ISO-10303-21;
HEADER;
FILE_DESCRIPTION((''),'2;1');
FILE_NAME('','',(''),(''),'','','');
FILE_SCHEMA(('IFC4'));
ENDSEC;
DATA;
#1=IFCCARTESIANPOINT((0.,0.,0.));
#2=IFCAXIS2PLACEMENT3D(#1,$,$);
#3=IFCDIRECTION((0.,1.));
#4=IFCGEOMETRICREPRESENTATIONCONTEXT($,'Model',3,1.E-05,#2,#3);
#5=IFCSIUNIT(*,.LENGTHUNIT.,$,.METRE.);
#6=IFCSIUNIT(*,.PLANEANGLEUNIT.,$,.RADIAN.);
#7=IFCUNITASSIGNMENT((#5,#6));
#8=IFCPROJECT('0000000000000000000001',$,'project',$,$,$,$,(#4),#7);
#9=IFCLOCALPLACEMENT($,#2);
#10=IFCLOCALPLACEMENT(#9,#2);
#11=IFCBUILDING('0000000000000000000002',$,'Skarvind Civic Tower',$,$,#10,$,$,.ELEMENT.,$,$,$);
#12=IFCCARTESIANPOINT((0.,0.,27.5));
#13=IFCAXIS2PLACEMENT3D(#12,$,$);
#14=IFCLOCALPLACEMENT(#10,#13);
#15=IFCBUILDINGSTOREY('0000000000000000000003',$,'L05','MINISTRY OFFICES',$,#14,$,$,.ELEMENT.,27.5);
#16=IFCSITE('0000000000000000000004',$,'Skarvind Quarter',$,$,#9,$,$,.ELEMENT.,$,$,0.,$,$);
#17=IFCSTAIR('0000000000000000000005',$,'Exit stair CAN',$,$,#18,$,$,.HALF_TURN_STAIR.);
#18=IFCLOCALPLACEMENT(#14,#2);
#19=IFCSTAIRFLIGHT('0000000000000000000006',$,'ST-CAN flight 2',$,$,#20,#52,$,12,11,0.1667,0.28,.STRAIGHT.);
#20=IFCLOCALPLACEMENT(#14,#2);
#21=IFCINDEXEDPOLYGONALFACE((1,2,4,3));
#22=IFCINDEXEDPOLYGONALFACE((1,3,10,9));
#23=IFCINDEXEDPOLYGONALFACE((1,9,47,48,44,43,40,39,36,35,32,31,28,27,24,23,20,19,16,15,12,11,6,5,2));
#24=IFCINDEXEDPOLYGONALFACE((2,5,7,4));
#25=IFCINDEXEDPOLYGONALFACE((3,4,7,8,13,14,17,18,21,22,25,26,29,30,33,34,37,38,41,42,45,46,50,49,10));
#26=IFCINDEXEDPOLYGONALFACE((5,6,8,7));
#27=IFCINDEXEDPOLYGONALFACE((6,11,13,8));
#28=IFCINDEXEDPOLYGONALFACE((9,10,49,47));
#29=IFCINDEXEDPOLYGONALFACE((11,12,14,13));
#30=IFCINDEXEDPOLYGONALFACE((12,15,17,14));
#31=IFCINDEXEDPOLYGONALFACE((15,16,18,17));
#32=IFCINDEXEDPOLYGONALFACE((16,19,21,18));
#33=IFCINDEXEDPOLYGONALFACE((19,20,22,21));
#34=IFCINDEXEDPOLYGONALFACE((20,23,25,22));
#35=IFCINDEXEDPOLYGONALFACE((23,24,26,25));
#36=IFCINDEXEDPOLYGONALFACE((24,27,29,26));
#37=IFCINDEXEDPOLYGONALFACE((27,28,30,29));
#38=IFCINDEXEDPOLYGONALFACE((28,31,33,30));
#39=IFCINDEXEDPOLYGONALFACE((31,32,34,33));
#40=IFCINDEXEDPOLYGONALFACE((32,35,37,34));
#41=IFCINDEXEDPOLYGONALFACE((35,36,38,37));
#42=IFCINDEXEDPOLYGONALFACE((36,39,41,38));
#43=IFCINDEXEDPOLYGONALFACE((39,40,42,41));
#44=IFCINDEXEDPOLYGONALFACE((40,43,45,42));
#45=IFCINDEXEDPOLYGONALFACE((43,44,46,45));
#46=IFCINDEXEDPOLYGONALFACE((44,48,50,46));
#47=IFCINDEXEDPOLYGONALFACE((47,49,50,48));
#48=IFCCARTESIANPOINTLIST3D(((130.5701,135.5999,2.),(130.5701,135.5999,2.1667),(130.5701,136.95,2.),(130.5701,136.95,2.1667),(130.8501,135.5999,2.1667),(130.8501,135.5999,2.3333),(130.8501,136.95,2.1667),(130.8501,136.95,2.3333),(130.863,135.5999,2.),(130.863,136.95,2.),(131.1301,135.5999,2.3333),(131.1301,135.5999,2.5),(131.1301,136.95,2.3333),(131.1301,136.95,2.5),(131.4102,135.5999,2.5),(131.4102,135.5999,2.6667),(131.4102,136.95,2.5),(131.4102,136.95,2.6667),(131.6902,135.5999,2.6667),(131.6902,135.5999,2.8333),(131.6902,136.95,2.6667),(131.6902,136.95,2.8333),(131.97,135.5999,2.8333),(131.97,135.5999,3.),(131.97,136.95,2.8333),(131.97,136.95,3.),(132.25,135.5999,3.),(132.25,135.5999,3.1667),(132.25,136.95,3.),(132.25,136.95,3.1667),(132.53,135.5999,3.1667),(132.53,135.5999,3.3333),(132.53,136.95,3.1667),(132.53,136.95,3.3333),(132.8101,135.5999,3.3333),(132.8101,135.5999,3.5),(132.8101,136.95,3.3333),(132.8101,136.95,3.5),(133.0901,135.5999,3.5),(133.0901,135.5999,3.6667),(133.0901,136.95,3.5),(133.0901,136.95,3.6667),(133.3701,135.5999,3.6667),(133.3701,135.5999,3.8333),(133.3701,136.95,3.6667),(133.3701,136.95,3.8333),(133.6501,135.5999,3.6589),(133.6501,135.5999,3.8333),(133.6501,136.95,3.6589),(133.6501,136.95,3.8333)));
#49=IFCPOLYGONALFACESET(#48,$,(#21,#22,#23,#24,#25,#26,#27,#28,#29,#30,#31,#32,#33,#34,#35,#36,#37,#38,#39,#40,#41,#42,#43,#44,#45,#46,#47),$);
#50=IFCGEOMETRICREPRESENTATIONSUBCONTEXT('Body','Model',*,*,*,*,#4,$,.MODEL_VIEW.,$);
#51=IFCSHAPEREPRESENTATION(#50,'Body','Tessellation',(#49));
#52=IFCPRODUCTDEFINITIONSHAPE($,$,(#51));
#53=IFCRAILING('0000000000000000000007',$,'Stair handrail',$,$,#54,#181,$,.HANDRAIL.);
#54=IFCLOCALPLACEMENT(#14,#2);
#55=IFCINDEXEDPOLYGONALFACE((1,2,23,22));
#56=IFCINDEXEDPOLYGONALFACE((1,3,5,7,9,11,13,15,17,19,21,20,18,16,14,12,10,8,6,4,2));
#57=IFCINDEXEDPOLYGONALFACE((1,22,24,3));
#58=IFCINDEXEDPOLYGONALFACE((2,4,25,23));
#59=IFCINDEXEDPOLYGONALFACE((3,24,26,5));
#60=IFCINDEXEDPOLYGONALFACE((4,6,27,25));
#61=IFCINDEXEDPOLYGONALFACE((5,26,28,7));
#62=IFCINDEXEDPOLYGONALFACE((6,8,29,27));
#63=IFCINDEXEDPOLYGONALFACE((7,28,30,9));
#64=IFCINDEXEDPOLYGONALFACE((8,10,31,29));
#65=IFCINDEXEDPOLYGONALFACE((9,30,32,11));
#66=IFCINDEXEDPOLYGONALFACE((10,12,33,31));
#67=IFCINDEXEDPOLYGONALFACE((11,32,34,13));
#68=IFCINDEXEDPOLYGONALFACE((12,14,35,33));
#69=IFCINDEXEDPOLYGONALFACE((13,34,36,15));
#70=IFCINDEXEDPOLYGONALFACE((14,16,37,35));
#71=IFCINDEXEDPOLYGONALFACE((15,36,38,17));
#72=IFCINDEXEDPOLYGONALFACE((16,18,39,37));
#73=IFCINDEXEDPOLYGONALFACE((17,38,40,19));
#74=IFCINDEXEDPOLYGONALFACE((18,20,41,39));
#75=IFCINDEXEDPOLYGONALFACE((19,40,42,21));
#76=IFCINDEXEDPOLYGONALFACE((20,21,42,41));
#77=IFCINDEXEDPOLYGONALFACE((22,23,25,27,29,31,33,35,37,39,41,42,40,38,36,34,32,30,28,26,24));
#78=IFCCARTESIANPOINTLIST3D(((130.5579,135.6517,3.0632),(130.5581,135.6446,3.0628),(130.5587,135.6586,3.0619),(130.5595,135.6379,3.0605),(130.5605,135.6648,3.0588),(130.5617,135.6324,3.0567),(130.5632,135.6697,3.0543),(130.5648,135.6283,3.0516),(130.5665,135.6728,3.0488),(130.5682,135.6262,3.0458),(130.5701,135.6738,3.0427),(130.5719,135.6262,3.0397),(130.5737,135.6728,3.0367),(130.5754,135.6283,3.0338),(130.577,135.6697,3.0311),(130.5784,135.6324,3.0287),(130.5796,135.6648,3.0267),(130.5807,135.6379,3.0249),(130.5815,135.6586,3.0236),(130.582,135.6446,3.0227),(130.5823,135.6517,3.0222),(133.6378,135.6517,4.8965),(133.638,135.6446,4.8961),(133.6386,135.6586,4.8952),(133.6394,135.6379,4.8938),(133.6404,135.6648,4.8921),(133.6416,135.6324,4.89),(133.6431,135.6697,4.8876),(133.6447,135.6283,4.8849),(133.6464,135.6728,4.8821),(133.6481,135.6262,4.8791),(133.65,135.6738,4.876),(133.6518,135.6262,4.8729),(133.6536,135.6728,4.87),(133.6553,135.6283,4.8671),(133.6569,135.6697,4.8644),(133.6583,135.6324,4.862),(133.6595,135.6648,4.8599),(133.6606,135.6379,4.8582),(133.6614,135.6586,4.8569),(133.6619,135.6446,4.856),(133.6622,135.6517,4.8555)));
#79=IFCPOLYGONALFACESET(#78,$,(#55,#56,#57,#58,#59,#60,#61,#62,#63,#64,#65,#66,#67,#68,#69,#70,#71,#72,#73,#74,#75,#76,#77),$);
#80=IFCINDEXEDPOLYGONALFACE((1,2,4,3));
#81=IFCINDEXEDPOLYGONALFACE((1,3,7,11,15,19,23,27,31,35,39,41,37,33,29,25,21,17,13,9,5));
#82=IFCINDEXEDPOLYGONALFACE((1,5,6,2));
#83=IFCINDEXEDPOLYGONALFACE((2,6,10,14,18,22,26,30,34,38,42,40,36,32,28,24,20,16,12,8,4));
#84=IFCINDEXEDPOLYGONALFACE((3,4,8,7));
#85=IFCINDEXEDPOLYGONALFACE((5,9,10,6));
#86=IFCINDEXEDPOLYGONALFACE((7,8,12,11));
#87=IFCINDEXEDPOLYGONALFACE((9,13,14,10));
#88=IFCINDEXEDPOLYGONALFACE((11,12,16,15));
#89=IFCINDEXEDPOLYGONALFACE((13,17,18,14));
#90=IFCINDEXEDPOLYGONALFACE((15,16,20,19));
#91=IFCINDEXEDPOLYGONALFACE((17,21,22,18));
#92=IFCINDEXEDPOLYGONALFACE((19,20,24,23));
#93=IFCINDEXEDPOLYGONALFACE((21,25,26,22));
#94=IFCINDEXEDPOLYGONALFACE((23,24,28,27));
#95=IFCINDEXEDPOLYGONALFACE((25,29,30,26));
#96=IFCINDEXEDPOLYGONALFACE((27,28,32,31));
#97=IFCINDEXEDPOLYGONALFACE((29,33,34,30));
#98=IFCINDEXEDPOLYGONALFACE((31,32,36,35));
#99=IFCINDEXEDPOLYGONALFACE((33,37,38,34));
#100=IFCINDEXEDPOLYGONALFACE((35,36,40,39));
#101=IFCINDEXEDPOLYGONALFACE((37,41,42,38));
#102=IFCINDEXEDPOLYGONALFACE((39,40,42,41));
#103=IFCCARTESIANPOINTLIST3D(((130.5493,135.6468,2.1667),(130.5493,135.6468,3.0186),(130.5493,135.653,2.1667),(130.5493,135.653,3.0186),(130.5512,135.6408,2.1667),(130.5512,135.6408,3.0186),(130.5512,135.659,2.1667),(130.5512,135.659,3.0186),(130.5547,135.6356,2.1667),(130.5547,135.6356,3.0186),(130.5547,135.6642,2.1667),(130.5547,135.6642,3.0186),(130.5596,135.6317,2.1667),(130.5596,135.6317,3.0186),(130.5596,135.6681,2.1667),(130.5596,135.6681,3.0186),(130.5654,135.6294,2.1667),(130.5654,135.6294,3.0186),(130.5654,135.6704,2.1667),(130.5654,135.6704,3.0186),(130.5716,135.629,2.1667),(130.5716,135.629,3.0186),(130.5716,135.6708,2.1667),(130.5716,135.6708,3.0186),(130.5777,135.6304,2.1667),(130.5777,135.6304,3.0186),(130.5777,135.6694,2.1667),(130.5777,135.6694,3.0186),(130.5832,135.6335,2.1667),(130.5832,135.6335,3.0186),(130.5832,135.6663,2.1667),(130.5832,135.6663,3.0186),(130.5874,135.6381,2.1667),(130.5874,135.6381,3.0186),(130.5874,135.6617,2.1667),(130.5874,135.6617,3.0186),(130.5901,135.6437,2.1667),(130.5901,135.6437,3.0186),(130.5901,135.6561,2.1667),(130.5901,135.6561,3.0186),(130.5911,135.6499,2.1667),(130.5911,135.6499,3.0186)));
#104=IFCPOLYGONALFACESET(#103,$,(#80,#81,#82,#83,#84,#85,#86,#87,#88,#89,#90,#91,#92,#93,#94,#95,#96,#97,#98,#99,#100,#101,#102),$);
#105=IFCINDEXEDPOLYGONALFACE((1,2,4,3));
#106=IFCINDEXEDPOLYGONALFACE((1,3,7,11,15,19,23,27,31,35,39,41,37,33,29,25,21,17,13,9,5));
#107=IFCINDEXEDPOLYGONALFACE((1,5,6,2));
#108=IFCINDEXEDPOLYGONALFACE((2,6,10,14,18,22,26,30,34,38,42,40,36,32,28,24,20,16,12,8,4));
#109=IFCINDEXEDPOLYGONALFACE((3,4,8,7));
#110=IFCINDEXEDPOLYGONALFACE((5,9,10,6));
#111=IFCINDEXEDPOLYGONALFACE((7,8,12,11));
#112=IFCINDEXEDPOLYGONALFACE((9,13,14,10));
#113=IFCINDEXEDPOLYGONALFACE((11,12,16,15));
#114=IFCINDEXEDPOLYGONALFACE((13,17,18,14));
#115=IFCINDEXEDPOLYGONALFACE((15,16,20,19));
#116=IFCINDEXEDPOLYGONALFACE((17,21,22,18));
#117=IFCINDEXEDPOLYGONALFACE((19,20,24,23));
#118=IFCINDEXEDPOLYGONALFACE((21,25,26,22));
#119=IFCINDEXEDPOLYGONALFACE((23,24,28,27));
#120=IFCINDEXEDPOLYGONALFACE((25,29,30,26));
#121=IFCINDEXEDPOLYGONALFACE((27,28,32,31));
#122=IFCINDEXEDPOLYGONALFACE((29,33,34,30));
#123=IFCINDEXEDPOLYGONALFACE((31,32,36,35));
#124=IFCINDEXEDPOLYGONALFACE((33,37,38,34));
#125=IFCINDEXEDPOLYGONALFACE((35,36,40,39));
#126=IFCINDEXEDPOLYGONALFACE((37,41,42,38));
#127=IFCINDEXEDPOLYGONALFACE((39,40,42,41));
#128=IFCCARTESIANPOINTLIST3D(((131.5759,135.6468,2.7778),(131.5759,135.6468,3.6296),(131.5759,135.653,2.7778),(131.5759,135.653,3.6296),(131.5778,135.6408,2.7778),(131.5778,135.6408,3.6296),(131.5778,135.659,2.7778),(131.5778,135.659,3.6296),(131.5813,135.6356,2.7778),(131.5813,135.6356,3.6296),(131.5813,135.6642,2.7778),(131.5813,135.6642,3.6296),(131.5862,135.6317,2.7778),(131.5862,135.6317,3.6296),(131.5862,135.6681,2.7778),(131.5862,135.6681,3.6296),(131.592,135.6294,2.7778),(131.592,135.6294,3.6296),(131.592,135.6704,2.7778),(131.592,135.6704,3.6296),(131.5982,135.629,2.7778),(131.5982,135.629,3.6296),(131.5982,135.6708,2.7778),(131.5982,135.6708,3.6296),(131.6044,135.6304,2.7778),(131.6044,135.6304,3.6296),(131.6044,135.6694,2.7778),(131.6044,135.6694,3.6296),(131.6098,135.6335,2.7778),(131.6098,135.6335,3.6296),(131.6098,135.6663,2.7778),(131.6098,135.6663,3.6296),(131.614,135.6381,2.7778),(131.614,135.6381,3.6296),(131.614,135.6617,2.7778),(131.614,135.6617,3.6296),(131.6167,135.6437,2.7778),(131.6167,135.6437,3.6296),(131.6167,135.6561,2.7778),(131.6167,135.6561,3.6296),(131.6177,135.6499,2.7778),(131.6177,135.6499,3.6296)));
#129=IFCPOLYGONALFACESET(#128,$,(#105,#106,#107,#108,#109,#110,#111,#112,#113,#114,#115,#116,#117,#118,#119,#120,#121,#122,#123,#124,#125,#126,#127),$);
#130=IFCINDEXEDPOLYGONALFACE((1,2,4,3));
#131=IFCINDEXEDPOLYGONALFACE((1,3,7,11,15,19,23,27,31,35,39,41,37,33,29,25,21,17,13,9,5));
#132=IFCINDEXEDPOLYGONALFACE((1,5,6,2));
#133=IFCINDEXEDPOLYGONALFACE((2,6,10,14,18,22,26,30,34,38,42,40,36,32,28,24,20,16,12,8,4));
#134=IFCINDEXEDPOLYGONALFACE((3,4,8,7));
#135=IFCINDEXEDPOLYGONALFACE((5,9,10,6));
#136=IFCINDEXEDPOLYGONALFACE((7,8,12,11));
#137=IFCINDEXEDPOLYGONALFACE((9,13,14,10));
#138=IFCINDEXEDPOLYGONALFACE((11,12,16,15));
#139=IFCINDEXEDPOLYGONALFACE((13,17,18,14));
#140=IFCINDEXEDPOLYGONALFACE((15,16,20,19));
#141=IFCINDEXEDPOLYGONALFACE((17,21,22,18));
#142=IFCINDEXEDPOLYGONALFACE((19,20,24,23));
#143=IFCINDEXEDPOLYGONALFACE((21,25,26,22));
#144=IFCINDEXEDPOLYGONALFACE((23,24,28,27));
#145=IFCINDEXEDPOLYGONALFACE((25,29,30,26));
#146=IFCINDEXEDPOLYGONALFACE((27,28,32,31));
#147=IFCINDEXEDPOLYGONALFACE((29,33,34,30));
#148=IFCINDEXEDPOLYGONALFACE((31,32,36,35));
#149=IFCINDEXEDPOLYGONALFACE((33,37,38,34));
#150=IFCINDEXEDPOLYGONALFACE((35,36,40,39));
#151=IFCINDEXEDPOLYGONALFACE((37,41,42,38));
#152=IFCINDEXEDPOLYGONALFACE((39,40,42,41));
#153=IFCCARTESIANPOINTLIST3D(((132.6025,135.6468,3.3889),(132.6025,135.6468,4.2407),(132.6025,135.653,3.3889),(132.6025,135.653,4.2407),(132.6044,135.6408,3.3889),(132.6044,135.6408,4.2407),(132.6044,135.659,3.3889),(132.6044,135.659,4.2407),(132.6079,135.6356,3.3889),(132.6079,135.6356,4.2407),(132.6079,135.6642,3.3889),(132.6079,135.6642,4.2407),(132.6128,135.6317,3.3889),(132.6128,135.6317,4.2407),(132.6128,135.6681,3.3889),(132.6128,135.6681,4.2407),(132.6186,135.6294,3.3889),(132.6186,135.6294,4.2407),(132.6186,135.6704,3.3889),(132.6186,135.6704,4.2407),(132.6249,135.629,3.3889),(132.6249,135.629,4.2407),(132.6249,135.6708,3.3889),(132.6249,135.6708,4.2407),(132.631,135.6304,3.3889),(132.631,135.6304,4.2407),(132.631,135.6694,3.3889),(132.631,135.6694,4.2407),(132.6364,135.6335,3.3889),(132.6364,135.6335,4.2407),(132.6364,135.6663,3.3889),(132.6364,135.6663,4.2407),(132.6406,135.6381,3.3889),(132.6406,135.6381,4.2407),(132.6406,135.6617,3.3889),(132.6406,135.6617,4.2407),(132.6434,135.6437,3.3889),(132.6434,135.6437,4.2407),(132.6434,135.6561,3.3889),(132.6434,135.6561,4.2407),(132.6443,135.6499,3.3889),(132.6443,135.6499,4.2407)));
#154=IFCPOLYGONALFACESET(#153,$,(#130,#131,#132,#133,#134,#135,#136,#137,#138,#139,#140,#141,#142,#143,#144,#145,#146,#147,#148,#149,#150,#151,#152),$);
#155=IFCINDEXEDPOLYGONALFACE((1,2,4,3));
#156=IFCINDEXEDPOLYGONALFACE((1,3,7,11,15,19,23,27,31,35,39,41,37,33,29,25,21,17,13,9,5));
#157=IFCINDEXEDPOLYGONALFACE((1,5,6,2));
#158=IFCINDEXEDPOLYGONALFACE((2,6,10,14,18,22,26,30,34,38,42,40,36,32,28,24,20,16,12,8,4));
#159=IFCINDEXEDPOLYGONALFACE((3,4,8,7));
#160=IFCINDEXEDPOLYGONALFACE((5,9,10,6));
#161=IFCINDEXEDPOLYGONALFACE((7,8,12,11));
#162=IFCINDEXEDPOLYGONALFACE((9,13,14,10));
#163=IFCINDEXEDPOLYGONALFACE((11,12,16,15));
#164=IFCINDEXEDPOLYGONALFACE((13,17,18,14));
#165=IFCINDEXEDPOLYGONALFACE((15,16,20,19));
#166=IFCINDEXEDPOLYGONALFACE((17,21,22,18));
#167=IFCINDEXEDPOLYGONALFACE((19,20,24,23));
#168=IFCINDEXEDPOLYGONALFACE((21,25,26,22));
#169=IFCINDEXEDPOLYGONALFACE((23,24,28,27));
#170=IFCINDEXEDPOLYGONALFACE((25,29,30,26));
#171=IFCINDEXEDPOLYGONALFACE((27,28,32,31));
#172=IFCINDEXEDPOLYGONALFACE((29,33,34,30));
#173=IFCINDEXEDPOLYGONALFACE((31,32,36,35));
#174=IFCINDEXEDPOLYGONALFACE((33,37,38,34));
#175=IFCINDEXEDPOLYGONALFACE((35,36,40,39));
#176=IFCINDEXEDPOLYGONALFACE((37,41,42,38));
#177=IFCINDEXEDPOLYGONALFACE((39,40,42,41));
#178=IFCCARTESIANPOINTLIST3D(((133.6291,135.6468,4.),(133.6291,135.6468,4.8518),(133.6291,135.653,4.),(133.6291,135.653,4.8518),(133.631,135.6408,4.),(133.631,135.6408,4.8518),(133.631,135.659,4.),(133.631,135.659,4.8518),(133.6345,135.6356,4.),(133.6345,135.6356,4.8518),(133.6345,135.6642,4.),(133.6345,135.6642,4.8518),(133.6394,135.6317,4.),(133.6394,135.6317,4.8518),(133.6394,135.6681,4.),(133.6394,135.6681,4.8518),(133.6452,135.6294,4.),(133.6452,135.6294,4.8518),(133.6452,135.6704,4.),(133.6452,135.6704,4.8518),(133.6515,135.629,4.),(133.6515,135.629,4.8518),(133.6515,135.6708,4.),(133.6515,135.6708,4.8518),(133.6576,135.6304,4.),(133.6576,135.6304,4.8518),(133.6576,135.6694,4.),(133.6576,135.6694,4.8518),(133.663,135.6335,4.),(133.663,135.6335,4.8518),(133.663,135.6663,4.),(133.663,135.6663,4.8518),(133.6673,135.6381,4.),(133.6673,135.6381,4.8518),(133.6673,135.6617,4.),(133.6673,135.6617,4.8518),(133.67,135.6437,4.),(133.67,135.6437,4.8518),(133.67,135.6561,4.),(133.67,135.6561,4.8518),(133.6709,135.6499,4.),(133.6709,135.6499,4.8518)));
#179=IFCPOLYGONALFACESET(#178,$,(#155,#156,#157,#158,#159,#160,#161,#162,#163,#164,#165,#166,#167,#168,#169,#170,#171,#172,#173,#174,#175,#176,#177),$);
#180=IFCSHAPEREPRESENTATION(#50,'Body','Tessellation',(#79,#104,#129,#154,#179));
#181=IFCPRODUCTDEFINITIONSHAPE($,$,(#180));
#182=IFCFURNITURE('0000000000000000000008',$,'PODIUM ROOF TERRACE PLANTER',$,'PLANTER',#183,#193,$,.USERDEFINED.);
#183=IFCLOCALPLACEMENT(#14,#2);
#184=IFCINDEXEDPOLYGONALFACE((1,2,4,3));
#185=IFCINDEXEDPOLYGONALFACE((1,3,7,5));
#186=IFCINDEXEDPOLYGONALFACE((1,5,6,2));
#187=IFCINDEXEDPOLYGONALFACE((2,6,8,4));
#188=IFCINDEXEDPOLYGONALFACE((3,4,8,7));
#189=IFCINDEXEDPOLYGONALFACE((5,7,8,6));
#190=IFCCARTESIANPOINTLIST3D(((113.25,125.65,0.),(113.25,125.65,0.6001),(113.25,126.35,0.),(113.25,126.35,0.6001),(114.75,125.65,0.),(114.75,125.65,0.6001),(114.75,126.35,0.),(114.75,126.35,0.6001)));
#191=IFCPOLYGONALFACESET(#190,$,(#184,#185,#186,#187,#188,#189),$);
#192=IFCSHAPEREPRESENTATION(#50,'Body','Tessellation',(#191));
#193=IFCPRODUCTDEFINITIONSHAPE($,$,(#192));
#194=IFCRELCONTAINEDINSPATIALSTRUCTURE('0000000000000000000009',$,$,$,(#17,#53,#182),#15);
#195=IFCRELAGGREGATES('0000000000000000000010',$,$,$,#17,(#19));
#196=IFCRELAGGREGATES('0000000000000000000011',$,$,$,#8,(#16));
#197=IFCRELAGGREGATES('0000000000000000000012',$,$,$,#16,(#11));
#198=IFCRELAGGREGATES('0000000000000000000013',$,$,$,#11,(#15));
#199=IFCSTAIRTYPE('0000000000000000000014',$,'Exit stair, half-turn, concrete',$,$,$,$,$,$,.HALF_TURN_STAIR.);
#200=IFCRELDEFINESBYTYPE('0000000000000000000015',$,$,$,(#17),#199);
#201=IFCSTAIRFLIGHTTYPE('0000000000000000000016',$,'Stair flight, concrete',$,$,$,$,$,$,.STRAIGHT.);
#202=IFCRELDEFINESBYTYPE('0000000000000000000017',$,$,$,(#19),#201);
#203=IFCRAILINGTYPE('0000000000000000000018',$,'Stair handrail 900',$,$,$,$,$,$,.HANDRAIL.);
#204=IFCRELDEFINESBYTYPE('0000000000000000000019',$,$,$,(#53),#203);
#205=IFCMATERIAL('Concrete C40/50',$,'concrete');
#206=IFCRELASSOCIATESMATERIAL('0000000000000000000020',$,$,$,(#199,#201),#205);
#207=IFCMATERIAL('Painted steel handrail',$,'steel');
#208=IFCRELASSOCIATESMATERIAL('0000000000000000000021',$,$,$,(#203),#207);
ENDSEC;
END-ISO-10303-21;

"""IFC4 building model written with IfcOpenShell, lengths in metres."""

from ifc_helpers import new_model, si_unit, direction, frame, origin, origin_2d, place, context, subcontext, project, spatial, polyline, rectangle, circle, outline, extrude, material, type_object, element, aggregate, save


model = new_model("IFC4")

# Units and contexts
model_context = context("Model", 3, precision=1e-05, world=origin(), true_north=direction((0.0, 1.0)))
body_context = subcontext(model_context, "Body", "Model", "MODEL_VIEW")
ifc_project = project(units=[si_unit("LENGTHUNIT", "METRE"), si_unit("PLANEANGLEUNIT", "RADIAN")], contexts=[model_context])

# Site, building, storey
site_placement = place(None, origin())
site = spatial("IfcSite", under=ifc_project, at=site_placement, Name="Skarvind Quarter", CompositionType="ELEMENT", RefElevation=0.0)
building_placement = place(site_placement, origin())
building = spatial("IfcBuilding", under=site, at=building_placement, Name="Skarvind Civic Tower", CompositionType="ELEMENT")
storey_placement = place(building_placement, frame((0.0, 0.0, 27.5)))
storey = spatial("IfcBuildingStorey", under=building, at=storey_placement, Name="L05", Description="MINISTRY OFFICES", CompositionType="ELEMENT", Elevation=27.5)

# Stair, stair flight
ifc_material_1 = material(Name="Concrete C40/50", Category="concrete")
stair_type = type_object("IfcStairType", Name="Exit stair, half-turn, concrete", PredefinedType="HALF_TURN_STAIR", material=ifc_material_1)
stair_placement = place(storey_placement, origin())
stair = element("IfcStair", 1, at=stair_placement, inside=storey, type_object=stair_type, Name="Exit stair CAN", PredefinedType="HALF_TURN_STAIR")
stair_flight_type = type_object("IfcStairFlightType", Name="Stair flight, concrete", PredefinedType="STRAIGHT", material=ifc_material_1)
stair_flight_placement = place(storey_placement, frame((130.5701, 136.2749, 2.0), z_axis=(0.0, 0.0, 1.0), x_axis=(1.0, 0.0, 0.0)))
stair_flight = element("IfcStairFlight", 2, at=stair_flight_placement, type_object=stair_flight_type, Name="ST-CAN flight 2", NumberOfRisers=12, NumberOfTreads=11, PredefinedType="STRAIGHT", RiserHeight=0.1667, TreadLength=0.28, context=body_context, shape_type="SweptSolid", body=[
    extrude(outline(polyline([(0.0, 0.0), (0.0, 0.1667), (0.28, 0.1667), (0.28, 0.3333), (0.5601, 0.3333), (0.5601, 0.5), (0.8401, 0.5), (0.8401, 0.6667), (1.1201, 0.6667), (1.1201, 0.8333), (1.3999, 0.8333), (1.3999, 1.0), (1.6799, 1.0), (1.6799, 1.1667), (1.96, 1.1667), (1.96, 1.3333), (2.24, 1.3333), (2.24, 1.5), (2.52, 1.5), (2.52, 1.6667), (2.8, 1.6667), (2.8, 1.8333), (3.0801, 1.8333), (3.0801, 2.0), (3.0801, 1.6589), (0.293, 0.0), (0.0, 0.0)])), frame((0.0, 0.675, 0.0), z_axis=(0.0, -1.0, 0.0), x_axis=(1.0, 0.0, 0.0)), (0.0, 0.0, 1.0), 1.3501),
])
aggregate(stair, [stair_flight])

# Railing
ifc_material_2 = material(Name="Painted steel handrail", Category="steel")
railing_type = type_object("IfcRailingType", Name="Stair handrail 900", PredefinedType="HANDRAIL", material=ifc_material_2)
railing_placement = place(storey_placement, frame((130.5701, 135.6499, 2.1667)))
element("IfcRailing", 3, at=railing_placement, inside=storey, type_object=railing_type, Name="Stair handrail", PredefinedType="HANDRAIL", context=body_context, shape_type="SweptSolid", body=[
    extrude(circle(Radius=0.0239, at=origin_2d()), frame((0.0, 0.0, 0.876), z_axis=(0.859291, 0.0, 0.511487), x_axis=(0.0, 1.0, 0.0)), (0.0, 0.0, 1.0), 3.5842),
    extrude(circle(Radius=0.021, at=origin_2d()), origin(), (0.0, 0.0, 1.0), 0.8518),
    extrude(circle(Radius=0.021, at=origin_2d()), frame((1.0266, 0.0, 0.6111)), (0.0, 0.0, 1.0), 0.8518),
    extrude(circle(Radius=0.021, at=origin_2d()), frame((2.0532, 0.0, 1.2222)), (0.0, 0.0, 1.0), 0.8518),
    extrude(circle(Radius=0.021, at=origin_2d()), frame((3.0798, 0.0, 1.8333)), (0.0, 0.0, 1.0), 0.8518),
])

# Furniture
furniture_placement = place(storey_placement, frame((114.0, 126.0, 0.0), z_axis=(0.0, 0.0, 1.0), x_axis=(1.0, 0.0, 0.0)))
element("IfcFurniture", 4, at=furniture_placement, inside=storey, Name="PODIUM ROOF TERRACE PLANTER", ObjectType="PLANTER", PredefinedType="USERDEFINED", context=body_context, shape_type="SweptSolid", body=[
    extrude(rectangle(XDim=1.5, YDim=0.7, at=origin_2d()), origin(), (0.0, 0.0, 1.0), 0.6001),
])

save(model, "model.ifc")
